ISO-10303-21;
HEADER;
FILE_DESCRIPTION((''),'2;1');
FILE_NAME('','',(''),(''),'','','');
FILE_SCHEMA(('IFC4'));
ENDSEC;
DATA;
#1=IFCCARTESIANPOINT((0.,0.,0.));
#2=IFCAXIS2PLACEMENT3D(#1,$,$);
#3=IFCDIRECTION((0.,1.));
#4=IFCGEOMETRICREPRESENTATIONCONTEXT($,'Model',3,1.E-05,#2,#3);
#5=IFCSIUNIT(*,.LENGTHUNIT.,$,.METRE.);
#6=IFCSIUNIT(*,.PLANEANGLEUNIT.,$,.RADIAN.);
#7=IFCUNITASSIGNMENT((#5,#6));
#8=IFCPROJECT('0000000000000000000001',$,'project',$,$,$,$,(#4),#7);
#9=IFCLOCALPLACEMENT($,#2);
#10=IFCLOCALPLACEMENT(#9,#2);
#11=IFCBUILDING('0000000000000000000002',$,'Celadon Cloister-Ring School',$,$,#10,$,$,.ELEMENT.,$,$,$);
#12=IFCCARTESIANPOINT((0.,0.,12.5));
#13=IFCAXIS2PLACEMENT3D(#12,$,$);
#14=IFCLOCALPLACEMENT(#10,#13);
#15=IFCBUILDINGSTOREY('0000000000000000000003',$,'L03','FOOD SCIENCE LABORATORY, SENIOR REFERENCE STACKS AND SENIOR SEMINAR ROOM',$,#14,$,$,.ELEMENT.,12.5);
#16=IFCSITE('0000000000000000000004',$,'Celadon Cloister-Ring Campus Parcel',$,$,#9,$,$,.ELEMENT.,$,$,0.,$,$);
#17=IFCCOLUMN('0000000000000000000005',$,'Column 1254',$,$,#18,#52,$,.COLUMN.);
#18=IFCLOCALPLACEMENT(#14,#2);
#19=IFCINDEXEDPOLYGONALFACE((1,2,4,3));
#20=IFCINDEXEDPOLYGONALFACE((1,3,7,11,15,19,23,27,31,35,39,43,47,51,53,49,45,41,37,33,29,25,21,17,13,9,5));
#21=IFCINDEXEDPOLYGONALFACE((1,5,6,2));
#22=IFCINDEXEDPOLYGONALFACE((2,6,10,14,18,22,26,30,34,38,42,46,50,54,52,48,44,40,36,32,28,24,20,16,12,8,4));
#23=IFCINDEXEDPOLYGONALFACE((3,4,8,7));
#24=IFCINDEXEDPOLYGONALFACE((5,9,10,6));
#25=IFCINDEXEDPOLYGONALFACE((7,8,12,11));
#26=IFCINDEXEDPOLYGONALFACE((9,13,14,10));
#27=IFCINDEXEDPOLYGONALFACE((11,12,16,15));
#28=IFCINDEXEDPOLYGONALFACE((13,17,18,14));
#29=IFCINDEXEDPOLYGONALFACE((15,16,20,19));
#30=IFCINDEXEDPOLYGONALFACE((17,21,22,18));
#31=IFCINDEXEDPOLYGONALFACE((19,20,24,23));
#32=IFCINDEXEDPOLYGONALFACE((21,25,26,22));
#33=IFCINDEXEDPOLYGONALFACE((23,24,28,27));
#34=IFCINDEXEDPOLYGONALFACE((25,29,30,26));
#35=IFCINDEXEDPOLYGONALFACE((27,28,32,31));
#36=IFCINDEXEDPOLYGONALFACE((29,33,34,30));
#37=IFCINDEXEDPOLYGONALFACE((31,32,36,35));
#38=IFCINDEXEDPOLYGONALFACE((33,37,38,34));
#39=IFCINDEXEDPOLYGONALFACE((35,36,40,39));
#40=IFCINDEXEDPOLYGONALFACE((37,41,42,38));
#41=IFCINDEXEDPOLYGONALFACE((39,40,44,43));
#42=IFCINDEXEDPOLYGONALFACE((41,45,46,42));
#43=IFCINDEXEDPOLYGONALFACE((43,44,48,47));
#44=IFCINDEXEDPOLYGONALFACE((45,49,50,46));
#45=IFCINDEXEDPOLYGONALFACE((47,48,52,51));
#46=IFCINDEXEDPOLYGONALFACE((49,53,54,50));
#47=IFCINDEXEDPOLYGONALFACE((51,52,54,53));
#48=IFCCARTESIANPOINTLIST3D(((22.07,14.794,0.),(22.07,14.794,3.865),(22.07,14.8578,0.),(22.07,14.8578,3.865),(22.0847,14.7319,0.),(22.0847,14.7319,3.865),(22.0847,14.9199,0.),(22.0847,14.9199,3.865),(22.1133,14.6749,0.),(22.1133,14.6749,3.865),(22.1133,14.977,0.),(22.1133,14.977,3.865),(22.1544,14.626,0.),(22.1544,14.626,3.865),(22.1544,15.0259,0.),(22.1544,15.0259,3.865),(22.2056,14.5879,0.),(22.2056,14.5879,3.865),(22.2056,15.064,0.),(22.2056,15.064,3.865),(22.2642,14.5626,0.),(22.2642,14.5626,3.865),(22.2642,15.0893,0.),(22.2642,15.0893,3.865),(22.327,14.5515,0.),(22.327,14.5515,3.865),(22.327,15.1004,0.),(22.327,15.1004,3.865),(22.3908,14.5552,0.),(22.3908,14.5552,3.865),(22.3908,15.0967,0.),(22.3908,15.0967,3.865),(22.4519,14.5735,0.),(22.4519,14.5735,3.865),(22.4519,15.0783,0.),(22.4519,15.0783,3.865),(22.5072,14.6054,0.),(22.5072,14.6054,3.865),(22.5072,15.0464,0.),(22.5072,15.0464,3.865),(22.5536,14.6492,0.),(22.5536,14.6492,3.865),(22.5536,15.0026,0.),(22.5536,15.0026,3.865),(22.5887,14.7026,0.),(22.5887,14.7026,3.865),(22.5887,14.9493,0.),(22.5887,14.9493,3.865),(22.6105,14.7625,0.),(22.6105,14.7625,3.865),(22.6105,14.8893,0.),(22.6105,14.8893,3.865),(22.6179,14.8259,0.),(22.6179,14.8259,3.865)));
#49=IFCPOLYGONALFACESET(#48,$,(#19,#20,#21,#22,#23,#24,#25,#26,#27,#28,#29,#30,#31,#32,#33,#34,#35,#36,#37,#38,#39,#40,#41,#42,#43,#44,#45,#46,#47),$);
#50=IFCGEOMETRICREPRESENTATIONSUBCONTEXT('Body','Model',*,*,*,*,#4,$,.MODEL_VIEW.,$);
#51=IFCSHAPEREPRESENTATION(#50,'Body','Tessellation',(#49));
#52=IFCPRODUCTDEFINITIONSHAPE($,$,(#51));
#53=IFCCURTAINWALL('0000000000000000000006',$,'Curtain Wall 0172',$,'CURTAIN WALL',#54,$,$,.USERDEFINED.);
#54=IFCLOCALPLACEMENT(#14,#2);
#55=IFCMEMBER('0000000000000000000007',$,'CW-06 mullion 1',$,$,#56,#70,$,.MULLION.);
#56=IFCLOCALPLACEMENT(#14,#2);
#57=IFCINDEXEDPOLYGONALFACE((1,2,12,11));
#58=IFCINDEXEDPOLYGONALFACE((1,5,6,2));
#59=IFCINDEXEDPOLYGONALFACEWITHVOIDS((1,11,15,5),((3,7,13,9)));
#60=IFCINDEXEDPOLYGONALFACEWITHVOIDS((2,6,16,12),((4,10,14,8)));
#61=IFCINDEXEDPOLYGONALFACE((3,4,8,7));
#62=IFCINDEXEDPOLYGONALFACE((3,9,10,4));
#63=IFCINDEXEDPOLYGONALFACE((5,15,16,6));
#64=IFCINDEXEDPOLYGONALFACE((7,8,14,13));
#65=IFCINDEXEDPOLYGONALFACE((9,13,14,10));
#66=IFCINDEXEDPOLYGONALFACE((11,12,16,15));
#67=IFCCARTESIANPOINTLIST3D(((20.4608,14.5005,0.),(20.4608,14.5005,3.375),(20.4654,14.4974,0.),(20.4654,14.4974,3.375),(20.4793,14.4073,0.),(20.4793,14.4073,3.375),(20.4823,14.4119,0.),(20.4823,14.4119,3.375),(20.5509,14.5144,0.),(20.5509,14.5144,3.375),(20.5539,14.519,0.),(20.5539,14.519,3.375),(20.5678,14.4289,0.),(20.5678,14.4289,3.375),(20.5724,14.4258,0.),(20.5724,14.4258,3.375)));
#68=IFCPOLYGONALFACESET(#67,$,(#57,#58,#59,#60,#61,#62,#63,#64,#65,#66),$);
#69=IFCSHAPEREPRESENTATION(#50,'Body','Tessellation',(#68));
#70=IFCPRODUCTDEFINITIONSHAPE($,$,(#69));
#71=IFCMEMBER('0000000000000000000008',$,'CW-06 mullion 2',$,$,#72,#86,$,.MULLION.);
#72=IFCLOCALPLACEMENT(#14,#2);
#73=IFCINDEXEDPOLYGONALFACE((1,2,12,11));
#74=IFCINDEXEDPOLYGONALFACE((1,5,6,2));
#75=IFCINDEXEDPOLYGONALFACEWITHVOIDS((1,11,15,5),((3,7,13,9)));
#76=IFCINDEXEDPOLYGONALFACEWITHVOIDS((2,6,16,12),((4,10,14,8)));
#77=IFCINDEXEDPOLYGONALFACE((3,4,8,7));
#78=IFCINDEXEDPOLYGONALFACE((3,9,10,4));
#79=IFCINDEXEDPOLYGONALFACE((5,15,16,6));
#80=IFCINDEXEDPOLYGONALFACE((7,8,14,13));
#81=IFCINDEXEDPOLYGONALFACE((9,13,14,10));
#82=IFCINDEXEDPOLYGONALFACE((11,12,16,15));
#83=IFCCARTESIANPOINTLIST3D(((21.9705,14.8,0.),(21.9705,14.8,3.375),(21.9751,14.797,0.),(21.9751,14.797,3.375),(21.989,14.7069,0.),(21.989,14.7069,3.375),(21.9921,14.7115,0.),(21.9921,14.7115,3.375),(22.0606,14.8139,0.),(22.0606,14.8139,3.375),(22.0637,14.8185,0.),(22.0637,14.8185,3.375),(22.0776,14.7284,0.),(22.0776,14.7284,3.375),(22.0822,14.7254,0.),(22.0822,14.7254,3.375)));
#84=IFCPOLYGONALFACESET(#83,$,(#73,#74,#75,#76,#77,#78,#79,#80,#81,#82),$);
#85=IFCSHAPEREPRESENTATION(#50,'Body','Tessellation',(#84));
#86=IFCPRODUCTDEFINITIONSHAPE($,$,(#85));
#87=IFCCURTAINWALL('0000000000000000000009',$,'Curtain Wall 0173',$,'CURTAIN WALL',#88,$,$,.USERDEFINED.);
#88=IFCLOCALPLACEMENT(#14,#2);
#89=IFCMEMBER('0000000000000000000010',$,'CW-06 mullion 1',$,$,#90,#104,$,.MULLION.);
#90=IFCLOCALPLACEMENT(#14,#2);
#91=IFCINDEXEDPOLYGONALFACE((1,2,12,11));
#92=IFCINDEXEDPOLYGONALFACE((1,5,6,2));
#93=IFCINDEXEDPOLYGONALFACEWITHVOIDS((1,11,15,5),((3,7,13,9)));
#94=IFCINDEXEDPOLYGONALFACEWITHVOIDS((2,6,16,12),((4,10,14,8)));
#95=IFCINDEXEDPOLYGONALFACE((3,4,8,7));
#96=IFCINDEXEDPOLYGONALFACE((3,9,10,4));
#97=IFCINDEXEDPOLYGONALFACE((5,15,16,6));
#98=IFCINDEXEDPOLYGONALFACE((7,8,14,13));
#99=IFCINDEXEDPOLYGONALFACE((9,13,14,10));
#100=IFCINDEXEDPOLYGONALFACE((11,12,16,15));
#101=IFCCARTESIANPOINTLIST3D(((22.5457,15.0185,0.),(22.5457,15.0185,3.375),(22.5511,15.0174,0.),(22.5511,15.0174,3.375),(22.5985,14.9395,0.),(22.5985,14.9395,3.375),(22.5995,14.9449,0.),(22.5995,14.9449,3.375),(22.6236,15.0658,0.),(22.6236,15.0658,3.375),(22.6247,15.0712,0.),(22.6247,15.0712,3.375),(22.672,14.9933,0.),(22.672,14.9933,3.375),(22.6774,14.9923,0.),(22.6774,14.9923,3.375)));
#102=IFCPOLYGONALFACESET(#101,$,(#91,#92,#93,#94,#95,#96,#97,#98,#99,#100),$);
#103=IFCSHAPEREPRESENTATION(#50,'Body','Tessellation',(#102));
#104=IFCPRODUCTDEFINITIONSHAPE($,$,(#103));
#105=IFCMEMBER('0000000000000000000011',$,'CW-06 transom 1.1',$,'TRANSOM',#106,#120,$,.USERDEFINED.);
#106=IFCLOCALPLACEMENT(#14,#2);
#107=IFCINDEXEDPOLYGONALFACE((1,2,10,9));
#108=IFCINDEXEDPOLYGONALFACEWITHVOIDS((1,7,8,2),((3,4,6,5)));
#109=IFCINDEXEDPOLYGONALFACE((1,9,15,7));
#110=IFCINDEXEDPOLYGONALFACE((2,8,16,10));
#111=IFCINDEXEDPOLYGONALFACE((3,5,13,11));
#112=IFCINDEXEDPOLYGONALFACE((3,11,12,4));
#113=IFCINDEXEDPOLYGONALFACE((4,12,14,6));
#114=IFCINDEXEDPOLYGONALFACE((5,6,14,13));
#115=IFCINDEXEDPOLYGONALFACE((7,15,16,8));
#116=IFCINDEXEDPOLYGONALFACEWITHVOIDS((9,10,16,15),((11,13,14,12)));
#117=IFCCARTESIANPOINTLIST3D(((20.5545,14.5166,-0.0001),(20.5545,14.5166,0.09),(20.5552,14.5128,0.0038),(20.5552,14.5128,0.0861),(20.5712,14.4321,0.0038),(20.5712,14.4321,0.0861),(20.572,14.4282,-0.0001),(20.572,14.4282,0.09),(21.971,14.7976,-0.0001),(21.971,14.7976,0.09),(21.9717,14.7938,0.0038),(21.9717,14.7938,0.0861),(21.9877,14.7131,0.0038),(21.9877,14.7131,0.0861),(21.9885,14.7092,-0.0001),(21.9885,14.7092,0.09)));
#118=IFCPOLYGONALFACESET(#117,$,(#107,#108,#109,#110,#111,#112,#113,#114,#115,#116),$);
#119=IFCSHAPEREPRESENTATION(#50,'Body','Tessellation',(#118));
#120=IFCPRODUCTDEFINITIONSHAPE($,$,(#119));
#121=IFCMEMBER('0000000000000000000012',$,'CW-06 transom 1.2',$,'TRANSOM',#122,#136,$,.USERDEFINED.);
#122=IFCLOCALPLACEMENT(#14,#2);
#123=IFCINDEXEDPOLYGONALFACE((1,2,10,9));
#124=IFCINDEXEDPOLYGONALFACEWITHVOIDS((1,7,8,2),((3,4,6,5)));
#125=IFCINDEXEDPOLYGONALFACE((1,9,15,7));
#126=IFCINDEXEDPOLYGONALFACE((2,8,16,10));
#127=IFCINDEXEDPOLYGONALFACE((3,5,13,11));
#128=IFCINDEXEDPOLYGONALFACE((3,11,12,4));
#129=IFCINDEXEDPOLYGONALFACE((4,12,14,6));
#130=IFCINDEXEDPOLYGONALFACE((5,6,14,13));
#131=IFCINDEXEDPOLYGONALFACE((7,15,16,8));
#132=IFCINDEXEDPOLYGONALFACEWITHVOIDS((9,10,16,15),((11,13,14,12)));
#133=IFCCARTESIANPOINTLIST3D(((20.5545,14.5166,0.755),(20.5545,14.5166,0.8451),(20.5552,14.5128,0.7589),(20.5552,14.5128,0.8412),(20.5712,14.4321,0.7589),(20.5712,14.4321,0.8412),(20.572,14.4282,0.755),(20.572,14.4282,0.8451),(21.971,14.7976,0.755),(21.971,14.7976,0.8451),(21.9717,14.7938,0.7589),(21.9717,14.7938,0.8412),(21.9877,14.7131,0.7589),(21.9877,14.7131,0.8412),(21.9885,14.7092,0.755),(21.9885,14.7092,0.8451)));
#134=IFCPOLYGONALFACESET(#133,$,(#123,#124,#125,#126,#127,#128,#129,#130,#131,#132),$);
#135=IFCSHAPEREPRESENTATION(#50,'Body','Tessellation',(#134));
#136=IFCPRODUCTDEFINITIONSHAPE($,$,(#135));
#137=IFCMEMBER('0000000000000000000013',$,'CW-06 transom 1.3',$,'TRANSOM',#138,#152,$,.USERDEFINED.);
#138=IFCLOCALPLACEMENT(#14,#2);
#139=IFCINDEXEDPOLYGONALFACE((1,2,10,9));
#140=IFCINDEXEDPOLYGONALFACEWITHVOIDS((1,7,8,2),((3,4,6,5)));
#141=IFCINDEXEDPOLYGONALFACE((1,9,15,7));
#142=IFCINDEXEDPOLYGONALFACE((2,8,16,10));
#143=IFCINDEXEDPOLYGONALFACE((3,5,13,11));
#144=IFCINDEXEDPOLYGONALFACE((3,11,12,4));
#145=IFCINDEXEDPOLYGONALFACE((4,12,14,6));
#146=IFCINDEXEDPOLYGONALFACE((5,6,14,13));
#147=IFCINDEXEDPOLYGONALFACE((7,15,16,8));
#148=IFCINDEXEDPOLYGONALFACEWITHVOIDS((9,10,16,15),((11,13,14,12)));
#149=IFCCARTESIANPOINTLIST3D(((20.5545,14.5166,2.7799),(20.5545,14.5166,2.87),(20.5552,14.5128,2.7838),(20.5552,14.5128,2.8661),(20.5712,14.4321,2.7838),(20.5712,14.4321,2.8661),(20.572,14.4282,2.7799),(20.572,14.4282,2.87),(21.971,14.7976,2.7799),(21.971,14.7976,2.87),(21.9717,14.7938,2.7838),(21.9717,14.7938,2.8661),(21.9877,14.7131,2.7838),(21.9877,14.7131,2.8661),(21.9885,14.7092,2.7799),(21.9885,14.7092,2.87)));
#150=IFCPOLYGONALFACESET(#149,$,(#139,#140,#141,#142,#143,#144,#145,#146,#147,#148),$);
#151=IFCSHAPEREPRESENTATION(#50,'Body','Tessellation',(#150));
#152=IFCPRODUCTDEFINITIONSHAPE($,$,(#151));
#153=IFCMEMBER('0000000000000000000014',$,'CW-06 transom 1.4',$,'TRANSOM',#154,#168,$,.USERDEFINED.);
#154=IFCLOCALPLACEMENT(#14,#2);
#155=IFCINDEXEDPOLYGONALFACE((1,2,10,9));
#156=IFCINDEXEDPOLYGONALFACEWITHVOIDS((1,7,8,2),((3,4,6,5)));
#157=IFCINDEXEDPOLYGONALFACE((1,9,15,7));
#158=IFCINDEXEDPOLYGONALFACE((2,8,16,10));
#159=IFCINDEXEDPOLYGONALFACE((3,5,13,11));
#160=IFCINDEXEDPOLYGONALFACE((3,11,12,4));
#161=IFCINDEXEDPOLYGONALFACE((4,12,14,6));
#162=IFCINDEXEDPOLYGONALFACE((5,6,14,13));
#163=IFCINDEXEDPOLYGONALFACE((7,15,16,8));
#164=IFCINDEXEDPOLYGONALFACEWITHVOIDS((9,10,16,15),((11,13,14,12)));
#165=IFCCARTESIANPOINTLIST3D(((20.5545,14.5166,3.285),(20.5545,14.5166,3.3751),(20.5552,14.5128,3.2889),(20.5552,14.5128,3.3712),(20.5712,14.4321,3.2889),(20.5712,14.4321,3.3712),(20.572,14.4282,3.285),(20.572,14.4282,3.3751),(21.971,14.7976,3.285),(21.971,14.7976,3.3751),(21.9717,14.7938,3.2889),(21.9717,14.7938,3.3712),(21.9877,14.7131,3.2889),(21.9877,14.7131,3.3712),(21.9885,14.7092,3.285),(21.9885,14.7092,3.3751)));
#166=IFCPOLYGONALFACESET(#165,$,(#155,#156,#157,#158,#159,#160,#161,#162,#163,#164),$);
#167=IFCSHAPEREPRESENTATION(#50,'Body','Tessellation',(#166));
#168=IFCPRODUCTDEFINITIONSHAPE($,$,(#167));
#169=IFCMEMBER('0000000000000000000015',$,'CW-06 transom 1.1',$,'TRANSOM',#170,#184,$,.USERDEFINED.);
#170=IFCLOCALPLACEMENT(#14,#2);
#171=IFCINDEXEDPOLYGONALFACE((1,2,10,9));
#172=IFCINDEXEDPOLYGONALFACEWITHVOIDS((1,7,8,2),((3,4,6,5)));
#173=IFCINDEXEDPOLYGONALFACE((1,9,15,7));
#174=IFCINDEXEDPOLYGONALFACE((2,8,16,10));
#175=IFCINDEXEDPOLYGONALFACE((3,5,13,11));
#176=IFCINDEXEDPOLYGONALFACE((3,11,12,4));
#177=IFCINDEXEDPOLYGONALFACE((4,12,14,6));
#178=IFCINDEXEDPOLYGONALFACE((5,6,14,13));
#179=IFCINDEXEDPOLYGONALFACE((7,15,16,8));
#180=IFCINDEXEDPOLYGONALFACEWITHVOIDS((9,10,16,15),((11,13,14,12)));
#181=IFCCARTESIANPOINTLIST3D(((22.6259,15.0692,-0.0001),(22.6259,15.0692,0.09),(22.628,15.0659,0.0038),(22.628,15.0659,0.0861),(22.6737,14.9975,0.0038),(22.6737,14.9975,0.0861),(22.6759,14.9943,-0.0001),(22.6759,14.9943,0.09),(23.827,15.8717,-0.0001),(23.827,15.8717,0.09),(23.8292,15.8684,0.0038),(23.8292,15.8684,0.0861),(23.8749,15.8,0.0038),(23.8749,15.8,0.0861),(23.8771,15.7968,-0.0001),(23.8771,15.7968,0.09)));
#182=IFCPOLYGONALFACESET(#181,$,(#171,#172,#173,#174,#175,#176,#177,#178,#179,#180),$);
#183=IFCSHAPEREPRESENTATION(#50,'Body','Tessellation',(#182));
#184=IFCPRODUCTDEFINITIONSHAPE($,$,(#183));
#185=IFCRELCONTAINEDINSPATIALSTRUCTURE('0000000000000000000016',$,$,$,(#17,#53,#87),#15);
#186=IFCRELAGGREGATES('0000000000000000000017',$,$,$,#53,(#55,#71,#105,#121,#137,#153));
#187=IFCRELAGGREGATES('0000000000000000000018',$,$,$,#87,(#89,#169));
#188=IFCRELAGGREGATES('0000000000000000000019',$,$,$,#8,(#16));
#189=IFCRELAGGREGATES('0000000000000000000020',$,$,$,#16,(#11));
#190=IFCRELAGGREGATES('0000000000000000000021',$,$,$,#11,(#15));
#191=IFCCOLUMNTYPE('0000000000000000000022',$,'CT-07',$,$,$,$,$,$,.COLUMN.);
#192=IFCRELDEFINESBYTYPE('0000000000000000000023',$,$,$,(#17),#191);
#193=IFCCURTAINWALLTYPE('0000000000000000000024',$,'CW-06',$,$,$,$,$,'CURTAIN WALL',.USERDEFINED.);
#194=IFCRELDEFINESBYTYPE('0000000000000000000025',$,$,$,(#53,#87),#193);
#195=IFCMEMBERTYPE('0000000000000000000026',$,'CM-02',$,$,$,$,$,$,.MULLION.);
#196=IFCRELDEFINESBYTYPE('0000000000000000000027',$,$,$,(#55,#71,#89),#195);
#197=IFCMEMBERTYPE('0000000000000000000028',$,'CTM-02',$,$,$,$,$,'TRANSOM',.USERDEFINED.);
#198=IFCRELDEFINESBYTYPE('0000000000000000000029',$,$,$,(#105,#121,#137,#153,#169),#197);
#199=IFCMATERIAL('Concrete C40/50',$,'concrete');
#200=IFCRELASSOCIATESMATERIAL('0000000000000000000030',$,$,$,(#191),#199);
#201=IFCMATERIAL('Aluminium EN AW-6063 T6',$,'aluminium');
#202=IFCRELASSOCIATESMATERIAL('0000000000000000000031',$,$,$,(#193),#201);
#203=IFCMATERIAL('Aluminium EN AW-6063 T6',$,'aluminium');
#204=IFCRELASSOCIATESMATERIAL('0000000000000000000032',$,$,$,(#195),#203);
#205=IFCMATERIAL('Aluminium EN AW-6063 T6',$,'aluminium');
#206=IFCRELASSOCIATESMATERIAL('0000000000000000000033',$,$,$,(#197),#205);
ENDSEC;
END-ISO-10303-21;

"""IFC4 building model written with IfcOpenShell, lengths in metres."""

from ifc_helpers import new_model, si_unit, direction, frame, origin, origin_2d, place, context, subcontext, project, spatial, hollow_rectangle, circle, extrude, material, material_profile, profile_set, type_object, element, aggregate, save


model = new_model("IFC4")

# Units and contexts
model_context = context("Model", 3, precision=1e-05, world=origin(), true_north=direction((0.0, 1.0)))
body_context = subcontext(model_context, "Body", "Model", "MODEL_VIEW")
ifc_project = project(units=[si_unit("LENGTHUNIT", "METRE"), si_unit("PLANEANGLEUNIT", "RADIAN")], contexts=[model_context])

# Site, building, storey
site_placement = place(None, origin())
site = spatial("IfcSite", under=ifc_project, at=site_placement, Name="Celadon Cloister-Ring Campus Parcel", CompositionType="ELEMENT", RefElevation=0.0)
building_placement = place(site_placement, origin())
building = spatial("IfcBuilding", under=site, at=building_placement, Name="Celadon Cloister-Ring School", CompositionType="ELEMENT")
storey_placement = place(building_placement, frame((0.0, 0.0, 12.5)))
storey = spatial("IfcBuildingStorey", under=building, at=storey_placement, Name="L03", Description="FOOD SCIENCE LABORATORY, SENIOR REFERENCE STACKS AND SENIOR SEMINAR ROOM", CompositionType="ELEMENT", Elevation=12.5)

# Column
ifc_material_1 = material(Name="Concrete C40/50", Category="concrete")
ifc_material_profile_1 = material_profile(ifc_material_1, circle(Radius=0.2749, at=origin_2d()), Name="CIRC550")
ifc_profile_set_1 = profile_set([ifc_material_profile_1], Name="Concrete C40/50")
column_type = type_object("IfcColumnType", Name="CT-07", PredefinedType="COLUMN", material=ifc_profile_set_1)
column_placement = place(storey_placement, frame((22.343, 14.8259, 0.0), z_axis=(0.0, 0.0, 1.0), x_axis=(1.0, 0.0, 0.0)))
element("IfcColumn", 1, at=column_placement, inside=storey, type_object=column_type, Name="Column 1254", PredefinedType="COLUMN", context=body_context, shape_type="SweptSolid", body=[
    extrude(circle(Radius=0.2749, at=origin_2d()), origin(), (0.0, 0.0, 1.0), 3.865),
])

# Curtain wall, members
ifc_material_2 = material(Name="Aluminium EN AW-6063 T6", Category="aluminium")
curtain_wall_type = type_object("IfcCurtainWallType", Name="CW-06", ElementType="CURTAIN WALL", PredefinedType="USERDEFINED", material=ifc_material_2)
curtain_wall_1_placement = place(storey_placement, origin())
curtain_wall_1 = element("IfcCurtainWall", 2, at=curtain_wall_1_placement, inside=storey, type_object=curtain_wall_type, Name="Curtain Wall 0172", ObjectType="CURTAIN WALL", PredefinedType="USERDEFINED")
ifc_material_3 = material(Name="Aluminium EN AW-6063 T6", Category="aluminium")
ifc_material_profile_2 = material_profile(ifc_material_3, hollow_rectangle(XDim=0.095, YDim=0.095, WallThickness=0.0039, at=origin_2d()), Name="RHS95X95X4")
ifc_profile_set_2 = profile_set([ifc_material_profile_2], Name="Aluminium EN AW-6063 T6")
member_type_1 = type_object("IfcMemberType", Name="CM-02", PredefinedType="MULLION", material=ifc_profile_set_2)
member_1_placement = place(storey_placement, frame((20.5166, 14.4631, 0.0), z_axis=(0.0, 0.0, 1.0), x_axis=(-0.194586, 0.980885, 0.0)))
member_1 = element("IfcMember", 3, at=member_1_placement, type_object=member_type_1, Name="CW-06 mullion 1", PredefinedType="MULLION", context=body_context, shape_type="SweptSolid", body=[
    extrude(hollow_rectangle(XDim=0.095, YDim=0.095, WallThickness=0.0039, at=origin_2d()), origin(), (0.0, 0.0, 1.0), 3.375),
])
member_2_placement = place(storey_placement, frame((22.0264, 14.7627, 0.0), z_axis=(0.0, 0.0, 1.0), x_axis=(-0.194586, 0.980885, 0.0)))
member_2 = element("IfcMember", 4, at=member_2_placement, type_object=member_type_1, Name="CW-06 mullion 2", PredefinedType="MULLION", context=body_context, shape_type="SweptSolid", body=[
    extrude(hollow_rectangle(XDim=0.095, YDim=0.095, WallThickness=0.0039, at=origin_2d()), origin(), (0.0, 0.0, 1.0), 3.375),
])

# Curtain wall, member
curtain_wall_2_placement = place(storey_placement, origin())
curtain_wall_2 = element("IfcCurtainWall", 5, at=curtain_wall_2_placement, inside=storey, type_object=curtain_wall_type, Name="Curtain Wall 0173", ObjectType="CURTAIN WALL", PredefinedType="USERDEFINED")
member_3_placement = place(storey_placement, frame((22.6116, 15.0054, 0.0), z_axis=(0.0, 0.0, 1.0), x_axis=(-0.555547, 0.831485, 0.0)))
member_3 = element("IfcMember", 6, at=member_3_placement, type_object=member_type_1, Name="CW-06 mullion 1", PredefinedType="MULLION", context=body_context, shape_type="SweptSolid", body=[
    extrude(hollow_rectangle(XDim=0.095, YDim=0.095, WallThickness=0.0039, at=origin_2d()), origin(), (0.0, 0.0, 1.0), 3.375),
])

# Members
ifc_material_4 = material(Name="Aluminium EN AW-6063 T6", Category="aluminium")
ifc_material_profile_3 = material_profile(ifc_material_4, hollow_rectangle(XDim=0.0901, YDim=0.0901, WallThickness=0.0039, at=origin_2d()), Name="RHS90X90X4")
ifc_profile_set_3 = profile_set([ifc_material_profile_3], Name="Aluminium EN AW-6063 T6")
member_type_2 = type_object("IfcMemberType", Name="CTM-02", ElementType="TRANSOM", PredefinedType="USERDEFINED", material=ifc_profile_set_3)
member_4_placement = place(storey_placement, frame((20.5632, 14.4724, 0.0449), z_axis=(0.980885, 0.194588, 0.0), x_axis=(-0.194588, 0.980885, 0.0)))
member_4 = element("IfcMember", 7, at=member_4_placement, type_object=member_type_2, Name="CW-06 transom 1.1", ObjectType="TRANSOM", PredefinedType="USERDEFINED", context=body_context, shape_type="SweptSolid", body=[
    extrude(hollow_rectangle(XDim=0.0901, YDim=0.0901, WallThickness=0.0039, at=origin_2d()), origin(), (0.0, 0.0, 1.0), 1.4441),
])
member_5_placement = place(storey_placement, frame((20.5632, 14.4724, 0.8), z_axis=(0.980885, 0.194588, 0.0), x_axis=(-0.194588, 0.980885, 0.0)))
member_5 = element("IfcMember", 8, at=member_5_placement, type_object=member_type_2, Name="CW-06 transom 1.2", ObjectType="TRANSOM", PredefinedType="USERDEFINED", context=body_context, shape_type="SweptSolid", body=[
    extrude(hollow_rectangle(XDim=0.0901, YDim=0.0901, WallThickness=0.0039, at=origin_2d()), origin(), (0.0, 0.0, 1.0), 1.4441),
])
member_6_placement = place(storey_placement, frame((20.5632, 14.4724, 2.825), z_axis=(0.980885, 0.194588, 0.0), x_axis=(-0.194588, 0.980885, 0.0)))
member_6 = element("IfcMember", 9, at=member_6_placement, type_object=member_type_2, Name="CW-06 transom 1.3", ObjectType="TRANSOM", PredefinedType="USERDEFINED", context=body_context, shape_type="SweptSolid", body=[
    extrude(hollow_rectangle(XDim=0.0901, YDim=0.0901, WallThickness=0.0039, at=origin_2d()), origin(), (0.0, 0.0, 1.0), 1.4441),
])
member_7_placement = place(storey_placement, frame((20.5632, 14.4724, 3.3301), z_axis=(0.980885, 0.194588, 0.0), x_axis=(-0.194588, 0.980885, 0.0)))
member_7 = element("IfcMember", 10, at=member_7_placement, type_object=member_type_2, Name="CW-06 transom 1.4", ObjectType="TRANSOM", PredefinedType="USERDEFINED", context=body_context, shape_type="SweptSolid", body=[
    extrude(hollow_rectangle(XDim=0.0901, YDim=0.0901, WallThickness=0.0039, at=origin_2d()), origin(), (0.0, 0.0, 1.0), 1.4441),
])
member_8_placement = place(storey_placement, frame((22.6509, 15.0317, 0.0449), z_axis=(0.831504, 0.555519, 0.0), x_axis=(-0.555519, 0.831504, 0.0)))
member_8 = element("IfcMember", 11, at=member_8_placement, type_object=member_type_2, Name="CW-06 transom 1.1", ObjectType="TRANSOM", PredefinedType="USERDEFINED", context=body_context, shape_type="SweptSolid", body=[
    extrude(hollow_rectangle(XDim=0.0901, YDim=0.0901, WallThickness=0.0039, at=origin_2d()), origin(), (0.0, 0.0, 1.0), 1.4446),
])

aggregate(curtain_wall_1, [member_1, member_2, member_4, member_5, member_6, member_7])
aggregate(curtain_wall_2, [member_3, member_8])

save(model, "model.ifc")
